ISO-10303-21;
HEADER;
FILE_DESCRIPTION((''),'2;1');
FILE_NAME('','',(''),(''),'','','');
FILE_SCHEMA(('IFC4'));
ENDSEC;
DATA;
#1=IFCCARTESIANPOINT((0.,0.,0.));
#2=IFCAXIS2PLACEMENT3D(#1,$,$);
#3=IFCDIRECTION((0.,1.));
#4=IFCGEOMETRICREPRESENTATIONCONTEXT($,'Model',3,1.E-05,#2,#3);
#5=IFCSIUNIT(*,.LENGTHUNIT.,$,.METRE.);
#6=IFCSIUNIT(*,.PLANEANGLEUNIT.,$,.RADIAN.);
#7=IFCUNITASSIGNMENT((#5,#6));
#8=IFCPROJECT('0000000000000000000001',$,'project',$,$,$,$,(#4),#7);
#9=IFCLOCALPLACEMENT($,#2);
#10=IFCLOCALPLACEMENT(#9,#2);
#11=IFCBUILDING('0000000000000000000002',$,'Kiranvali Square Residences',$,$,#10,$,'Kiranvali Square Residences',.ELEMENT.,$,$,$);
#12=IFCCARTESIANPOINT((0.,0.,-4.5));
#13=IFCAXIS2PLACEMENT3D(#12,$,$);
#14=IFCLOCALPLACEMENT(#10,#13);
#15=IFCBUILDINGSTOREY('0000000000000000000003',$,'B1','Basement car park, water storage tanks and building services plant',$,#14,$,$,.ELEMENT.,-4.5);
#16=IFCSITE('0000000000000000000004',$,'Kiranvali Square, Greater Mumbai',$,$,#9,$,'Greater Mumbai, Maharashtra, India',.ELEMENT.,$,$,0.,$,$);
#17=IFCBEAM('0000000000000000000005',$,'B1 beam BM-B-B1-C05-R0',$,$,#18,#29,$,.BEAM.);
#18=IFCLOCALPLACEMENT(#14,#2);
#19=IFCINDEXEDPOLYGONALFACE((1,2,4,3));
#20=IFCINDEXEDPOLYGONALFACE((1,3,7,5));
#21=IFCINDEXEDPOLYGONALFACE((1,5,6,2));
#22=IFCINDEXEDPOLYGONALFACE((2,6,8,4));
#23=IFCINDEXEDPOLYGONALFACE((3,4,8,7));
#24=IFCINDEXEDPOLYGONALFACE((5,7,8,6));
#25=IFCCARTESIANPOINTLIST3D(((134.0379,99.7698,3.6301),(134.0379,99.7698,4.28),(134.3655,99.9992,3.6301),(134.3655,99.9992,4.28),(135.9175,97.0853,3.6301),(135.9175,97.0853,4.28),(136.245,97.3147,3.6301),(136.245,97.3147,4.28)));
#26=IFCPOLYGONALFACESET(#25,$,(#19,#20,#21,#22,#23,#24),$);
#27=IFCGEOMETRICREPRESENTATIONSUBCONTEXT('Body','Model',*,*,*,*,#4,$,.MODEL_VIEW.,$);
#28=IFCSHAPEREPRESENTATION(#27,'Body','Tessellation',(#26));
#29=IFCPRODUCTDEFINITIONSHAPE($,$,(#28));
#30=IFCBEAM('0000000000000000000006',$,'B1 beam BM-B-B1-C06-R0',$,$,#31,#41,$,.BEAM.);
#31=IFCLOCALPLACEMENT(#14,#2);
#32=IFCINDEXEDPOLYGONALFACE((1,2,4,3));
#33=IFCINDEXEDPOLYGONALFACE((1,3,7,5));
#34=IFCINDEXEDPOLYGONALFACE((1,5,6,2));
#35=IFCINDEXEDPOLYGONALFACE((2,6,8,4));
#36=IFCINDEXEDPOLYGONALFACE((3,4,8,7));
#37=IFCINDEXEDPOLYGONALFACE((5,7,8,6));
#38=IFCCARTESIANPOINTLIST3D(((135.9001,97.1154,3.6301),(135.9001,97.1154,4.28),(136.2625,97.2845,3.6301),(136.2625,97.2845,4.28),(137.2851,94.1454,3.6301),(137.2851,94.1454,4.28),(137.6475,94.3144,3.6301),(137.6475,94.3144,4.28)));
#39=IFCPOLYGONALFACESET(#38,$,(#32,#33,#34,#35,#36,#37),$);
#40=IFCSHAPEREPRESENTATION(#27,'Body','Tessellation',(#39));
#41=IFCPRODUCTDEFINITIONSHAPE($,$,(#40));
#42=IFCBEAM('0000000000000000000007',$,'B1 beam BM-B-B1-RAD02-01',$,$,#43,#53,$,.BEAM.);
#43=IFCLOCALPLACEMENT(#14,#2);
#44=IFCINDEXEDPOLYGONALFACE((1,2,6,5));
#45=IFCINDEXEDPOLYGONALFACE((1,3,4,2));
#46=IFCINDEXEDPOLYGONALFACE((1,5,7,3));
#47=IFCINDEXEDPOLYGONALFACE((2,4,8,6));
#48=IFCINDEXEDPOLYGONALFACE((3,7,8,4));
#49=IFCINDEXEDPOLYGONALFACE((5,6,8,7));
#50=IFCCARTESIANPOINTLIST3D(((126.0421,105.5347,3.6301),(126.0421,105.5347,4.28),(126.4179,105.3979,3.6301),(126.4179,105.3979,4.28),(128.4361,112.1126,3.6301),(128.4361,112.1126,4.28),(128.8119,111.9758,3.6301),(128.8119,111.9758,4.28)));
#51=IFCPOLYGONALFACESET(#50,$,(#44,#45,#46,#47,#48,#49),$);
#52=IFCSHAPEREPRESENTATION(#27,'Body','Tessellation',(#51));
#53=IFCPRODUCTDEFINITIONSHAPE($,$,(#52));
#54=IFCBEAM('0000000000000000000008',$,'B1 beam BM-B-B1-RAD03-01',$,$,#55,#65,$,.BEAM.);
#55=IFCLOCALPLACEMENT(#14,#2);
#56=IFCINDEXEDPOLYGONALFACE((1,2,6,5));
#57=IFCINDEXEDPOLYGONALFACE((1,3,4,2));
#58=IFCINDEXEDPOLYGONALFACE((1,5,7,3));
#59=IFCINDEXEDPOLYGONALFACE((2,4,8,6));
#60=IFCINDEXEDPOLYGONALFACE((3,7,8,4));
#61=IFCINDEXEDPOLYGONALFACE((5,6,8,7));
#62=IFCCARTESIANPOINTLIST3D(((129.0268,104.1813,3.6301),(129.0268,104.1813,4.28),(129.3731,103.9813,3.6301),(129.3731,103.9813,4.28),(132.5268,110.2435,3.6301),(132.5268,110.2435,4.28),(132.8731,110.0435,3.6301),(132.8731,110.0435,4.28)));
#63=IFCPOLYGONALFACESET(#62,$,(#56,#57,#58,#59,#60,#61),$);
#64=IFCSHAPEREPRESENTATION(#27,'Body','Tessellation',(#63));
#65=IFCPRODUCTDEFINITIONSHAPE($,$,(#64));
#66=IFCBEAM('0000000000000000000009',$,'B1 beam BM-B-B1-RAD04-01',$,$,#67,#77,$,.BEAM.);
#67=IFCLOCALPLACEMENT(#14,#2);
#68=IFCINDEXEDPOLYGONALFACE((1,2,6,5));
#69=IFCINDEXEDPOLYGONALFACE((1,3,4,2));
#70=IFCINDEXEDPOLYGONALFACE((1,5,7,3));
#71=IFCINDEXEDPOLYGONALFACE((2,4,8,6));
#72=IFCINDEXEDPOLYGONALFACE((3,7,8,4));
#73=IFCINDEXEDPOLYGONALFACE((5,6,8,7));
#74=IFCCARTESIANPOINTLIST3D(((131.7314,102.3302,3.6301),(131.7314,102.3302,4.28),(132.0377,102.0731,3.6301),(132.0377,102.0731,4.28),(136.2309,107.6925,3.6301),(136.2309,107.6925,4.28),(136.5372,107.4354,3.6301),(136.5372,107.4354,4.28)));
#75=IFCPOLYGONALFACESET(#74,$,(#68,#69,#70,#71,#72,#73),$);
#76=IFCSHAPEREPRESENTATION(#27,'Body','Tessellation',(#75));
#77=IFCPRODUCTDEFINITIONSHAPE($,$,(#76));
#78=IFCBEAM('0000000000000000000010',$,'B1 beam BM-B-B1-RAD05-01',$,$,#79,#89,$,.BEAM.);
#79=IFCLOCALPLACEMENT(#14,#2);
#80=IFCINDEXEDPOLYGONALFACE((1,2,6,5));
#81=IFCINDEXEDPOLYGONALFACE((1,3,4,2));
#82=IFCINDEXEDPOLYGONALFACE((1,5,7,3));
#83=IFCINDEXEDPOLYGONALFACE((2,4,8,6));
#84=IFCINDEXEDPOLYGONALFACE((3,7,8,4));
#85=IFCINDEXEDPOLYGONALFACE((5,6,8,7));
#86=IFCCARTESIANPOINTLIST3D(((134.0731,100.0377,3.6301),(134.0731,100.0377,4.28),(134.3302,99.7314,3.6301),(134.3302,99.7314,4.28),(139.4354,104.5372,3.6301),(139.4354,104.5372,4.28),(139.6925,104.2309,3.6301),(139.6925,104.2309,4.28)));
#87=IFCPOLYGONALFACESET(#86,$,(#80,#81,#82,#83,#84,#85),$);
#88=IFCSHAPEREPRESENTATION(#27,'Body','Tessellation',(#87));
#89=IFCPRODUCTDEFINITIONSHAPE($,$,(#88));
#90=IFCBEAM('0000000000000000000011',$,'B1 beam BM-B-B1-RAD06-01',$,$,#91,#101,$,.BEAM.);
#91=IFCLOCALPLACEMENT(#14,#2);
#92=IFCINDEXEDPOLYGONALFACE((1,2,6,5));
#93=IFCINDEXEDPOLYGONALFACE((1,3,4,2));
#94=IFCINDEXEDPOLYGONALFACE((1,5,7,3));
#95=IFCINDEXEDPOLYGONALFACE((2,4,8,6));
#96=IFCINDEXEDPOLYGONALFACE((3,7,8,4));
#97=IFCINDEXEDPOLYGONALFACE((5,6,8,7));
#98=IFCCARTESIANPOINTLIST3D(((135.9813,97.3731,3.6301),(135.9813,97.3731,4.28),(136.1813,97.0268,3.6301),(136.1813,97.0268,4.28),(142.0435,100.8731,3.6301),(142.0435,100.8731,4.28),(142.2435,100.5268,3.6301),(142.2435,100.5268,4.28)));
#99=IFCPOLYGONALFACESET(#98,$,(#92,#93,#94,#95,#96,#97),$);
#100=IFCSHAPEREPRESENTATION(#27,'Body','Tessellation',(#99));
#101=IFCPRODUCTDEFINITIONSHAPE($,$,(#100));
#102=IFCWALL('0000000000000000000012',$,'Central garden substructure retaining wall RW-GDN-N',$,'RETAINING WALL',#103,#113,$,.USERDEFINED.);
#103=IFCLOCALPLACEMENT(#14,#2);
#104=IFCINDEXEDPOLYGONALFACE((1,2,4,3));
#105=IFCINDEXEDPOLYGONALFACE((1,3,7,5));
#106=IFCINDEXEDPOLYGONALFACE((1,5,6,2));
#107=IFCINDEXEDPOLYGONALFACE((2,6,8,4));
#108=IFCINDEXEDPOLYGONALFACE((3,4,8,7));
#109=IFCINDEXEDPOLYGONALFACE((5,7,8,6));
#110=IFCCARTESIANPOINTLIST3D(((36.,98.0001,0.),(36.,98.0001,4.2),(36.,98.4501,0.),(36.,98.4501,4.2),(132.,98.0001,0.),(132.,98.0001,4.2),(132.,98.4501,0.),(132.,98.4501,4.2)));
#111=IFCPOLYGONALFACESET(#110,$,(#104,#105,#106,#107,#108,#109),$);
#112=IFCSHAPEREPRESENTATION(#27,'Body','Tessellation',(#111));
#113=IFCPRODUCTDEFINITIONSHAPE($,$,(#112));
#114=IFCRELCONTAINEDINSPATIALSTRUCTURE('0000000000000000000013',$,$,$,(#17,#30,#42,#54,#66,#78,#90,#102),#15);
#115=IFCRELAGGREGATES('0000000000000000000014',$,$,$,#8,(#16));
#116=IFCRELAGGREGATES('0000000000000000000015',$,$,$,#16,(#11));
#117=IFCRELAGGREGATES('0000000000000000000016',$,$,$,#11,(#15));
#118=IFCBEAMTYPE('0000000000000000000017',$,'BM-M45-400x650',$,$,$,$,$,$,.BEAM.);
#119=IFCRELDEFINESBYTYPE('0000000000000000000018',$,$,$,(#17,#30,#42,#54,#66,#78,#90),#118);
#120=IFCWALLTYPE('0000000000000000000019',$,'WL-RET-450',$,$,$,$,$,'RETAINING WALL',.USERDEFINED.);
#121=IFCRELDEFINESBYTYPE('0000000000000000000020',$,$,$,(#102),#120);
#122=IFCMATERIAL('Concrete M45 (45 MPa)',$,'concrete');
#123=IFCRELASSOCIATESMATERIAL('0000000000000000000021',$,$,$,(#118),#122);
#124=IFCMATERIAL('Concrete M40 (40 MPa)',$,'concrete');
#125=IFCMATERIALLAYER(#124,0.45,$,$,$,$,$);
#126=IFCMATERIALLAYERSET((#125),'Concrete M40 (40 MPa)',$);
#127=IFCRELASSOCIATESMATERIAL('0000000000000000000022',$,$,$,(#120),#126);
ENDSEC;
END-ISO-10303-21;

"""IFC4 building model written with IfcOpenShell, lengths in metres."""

from ifc_helpers import new_model, si_unit, direction, frame, frame_2d, origin, origin_2d, place, context, subcontext, project, spatial, rectangle, extrude, material, layer, layer_set, material_profile, profile_set, type_object, element, save


model = new_model("IFC4")

# Units and contexts
model_context = context("Model", 3, precision=1e-05, world=origin(), true_north=direction((0.0, 1.0)))
body_context = subcontext(model_context, "Body", "Model", "MODEL_VIEW")
ifc_project = project(units=[si_unit("LENGTHUNIT", "METRE"), si_unit("PLANEANGLEUNIT", "RADIAN")], contexts=[model_context])

# Site, building, storey
site_placement = place(None, origin())
site = spatial("IfcSite", under=ifc_project, at=site_placement, Name="Kiranvali Square, Greater Mumbai", LongName="Greater Mumbai, Maharashtra, India", CompositionType="ELEMENT", RefElevation=0.0)
building_placement = place(site_placement, origin())
building = spatial("IfcBuilding", under=site, at=building_placement, Name="Kiranvali Square Residences", LongName="Kiranvali Square Residences", CompositionType="ELEMENT")
storey_placement = place(building_placement, frame((0.0, 0.0, -4.5)))
storey = spatial("IfcBuildingStorey", under=building, at=storey_placement, Name="B1", Description="Basement car park, water storage tanks and building services plant", CompositionType="ELEMENT", Elevation=-4.5)

# Shared definitions
ifc_material_1 = material(Name="Concrete M40 (40 MPa)", Category="concrete")

# Beams
ifc_material_2 = material(Name="Concrete M45 (45 MPa)", Category="concrete")
ifc_material_profile_1 = material_profile(ifc_material_2, rectangle(XDim=0.3999, YDim=0.6499, at=origin_2d()), Name="RC 400x650")
ifc_profile_set_1 = profile_set([ifc_material_profile_1], Name="Concrete M45 (45 MPa)")
beam_type = type_object("IfcBeamType", Name="BM-M45-400x650", PredefinedType="BEAM", material=ifc_profile_set_1)
for number, where, z_axis, x_axis, name in (
    (1, (134.2017, 99.8845, 3.9551), (0.573552, -0.819169, 0.0), (0.819169, 0.573552, 0.0), "B1 beam BM-B-B1-C05-R0"),
    (2, (136.0813, 97.2, 3.9551), (0.422641, -0.906297, 0.0), (0.906297, 0.422641, 0.0), "B1 beam BM-B-B1-C06-R0"),
):
    element("IfcBeam", number, at=place(storey_placement, frame(where, z_axis=z_axis, x_axis=x_axis)), inside=storey, type_object=beam_type, Name=name, PredefinedType="BEAM", context=body_context, shape_type="SweptSolid", body=[
        extrude(rectangle(XDim=0.3999, YDim=0.6499, at=origin_2d()), origin(), (0.0, 0.0, 1.0), 3.2771),
    ])
for number, where, z_axis, x_axis, name in (
    (3, (126.23, 105.4663, 3.9551), (0.342006, 0.939698, 0.0), (-0.939698, 0.342006, 0.0), "B1 beam BM-B-B1-RAD02-01"),
    (4, (129.2, 104.0813, 3.9551), (0.499995, 0.866028, 0.0), (-0.866028, 0.499995, 0.0), "B1 beam BM-B-B1-RAD03-01"),
    (5, (131.8845, 102.2017, 3.9551), (0.642788, 0.766044, 0.0), (-0.766044, 0.642788, 0.0), "B1 beam BM-B-B1-RAD04-01"),
    (6, (134.2017, 99.8845, 3.9551), (0.766044, 0.642788, 0.0), (-0.642788, 0.766044, 0.0), "B1 beam BM-B-B1-RAD05-01"),
    (7, (136.0813, 97.2, 3.9551), (0.866028, 0.499995, 0.0), (-0.499995, 0.866028, 0.0), "B1 beam BM-B-B1-RAD06-01"),
):
    element("IfcBeam", number, at=place(storey_placement, frame(where, z_axis=z_axis, x_axis=x_axis)), inside=storey, type_object=beam_type, Name=name, PredefinedType="BEAM", context=body_context, shape_type="SweptSolid", body=[
        extrude(rectangle(XDim=0.3999, YDim=0.6499, at=origin_2d()), origin(), (0.0, 0.0, 1.0), 7.0),
    ])

# Wall
ifc_layer = layer(ifc_material_1, 0.45)
ifc_layer_set = layer_set([ifc_layer], Name="Concrete M40 (40 MPa)")
wall_type = type_object("IfcWallType", Name="WL-RET-450", ElementType="RETAINING WALL", PredefinedType="USERDEFINED", material=ifc_layer_set)
wall_placement = place(storey_placement, frame((132.0, 98.2251, 0.0), z_axis=(0.0, 0.0, 1.0), x_axis=(-1.0, 0.0, 0.0)))
element("IfcWall", 8, at=wall_placement, inside=storey, type_object=wall_type, Name="Central garden substructure retaining wall RW-GDN-N", ObjectType="RETAINING WALL", PredefinedType="USERDEFINED", context=body_context, shape_type="SweptSolid", body=[
    extrude(rectangle(XDim=96.0, YDim=0.45, at=frame_2d((48.0, 0.0))), origin(), (0.0, 0.0, 1.0), 4.2),
])

save(model, "model.ifc")
